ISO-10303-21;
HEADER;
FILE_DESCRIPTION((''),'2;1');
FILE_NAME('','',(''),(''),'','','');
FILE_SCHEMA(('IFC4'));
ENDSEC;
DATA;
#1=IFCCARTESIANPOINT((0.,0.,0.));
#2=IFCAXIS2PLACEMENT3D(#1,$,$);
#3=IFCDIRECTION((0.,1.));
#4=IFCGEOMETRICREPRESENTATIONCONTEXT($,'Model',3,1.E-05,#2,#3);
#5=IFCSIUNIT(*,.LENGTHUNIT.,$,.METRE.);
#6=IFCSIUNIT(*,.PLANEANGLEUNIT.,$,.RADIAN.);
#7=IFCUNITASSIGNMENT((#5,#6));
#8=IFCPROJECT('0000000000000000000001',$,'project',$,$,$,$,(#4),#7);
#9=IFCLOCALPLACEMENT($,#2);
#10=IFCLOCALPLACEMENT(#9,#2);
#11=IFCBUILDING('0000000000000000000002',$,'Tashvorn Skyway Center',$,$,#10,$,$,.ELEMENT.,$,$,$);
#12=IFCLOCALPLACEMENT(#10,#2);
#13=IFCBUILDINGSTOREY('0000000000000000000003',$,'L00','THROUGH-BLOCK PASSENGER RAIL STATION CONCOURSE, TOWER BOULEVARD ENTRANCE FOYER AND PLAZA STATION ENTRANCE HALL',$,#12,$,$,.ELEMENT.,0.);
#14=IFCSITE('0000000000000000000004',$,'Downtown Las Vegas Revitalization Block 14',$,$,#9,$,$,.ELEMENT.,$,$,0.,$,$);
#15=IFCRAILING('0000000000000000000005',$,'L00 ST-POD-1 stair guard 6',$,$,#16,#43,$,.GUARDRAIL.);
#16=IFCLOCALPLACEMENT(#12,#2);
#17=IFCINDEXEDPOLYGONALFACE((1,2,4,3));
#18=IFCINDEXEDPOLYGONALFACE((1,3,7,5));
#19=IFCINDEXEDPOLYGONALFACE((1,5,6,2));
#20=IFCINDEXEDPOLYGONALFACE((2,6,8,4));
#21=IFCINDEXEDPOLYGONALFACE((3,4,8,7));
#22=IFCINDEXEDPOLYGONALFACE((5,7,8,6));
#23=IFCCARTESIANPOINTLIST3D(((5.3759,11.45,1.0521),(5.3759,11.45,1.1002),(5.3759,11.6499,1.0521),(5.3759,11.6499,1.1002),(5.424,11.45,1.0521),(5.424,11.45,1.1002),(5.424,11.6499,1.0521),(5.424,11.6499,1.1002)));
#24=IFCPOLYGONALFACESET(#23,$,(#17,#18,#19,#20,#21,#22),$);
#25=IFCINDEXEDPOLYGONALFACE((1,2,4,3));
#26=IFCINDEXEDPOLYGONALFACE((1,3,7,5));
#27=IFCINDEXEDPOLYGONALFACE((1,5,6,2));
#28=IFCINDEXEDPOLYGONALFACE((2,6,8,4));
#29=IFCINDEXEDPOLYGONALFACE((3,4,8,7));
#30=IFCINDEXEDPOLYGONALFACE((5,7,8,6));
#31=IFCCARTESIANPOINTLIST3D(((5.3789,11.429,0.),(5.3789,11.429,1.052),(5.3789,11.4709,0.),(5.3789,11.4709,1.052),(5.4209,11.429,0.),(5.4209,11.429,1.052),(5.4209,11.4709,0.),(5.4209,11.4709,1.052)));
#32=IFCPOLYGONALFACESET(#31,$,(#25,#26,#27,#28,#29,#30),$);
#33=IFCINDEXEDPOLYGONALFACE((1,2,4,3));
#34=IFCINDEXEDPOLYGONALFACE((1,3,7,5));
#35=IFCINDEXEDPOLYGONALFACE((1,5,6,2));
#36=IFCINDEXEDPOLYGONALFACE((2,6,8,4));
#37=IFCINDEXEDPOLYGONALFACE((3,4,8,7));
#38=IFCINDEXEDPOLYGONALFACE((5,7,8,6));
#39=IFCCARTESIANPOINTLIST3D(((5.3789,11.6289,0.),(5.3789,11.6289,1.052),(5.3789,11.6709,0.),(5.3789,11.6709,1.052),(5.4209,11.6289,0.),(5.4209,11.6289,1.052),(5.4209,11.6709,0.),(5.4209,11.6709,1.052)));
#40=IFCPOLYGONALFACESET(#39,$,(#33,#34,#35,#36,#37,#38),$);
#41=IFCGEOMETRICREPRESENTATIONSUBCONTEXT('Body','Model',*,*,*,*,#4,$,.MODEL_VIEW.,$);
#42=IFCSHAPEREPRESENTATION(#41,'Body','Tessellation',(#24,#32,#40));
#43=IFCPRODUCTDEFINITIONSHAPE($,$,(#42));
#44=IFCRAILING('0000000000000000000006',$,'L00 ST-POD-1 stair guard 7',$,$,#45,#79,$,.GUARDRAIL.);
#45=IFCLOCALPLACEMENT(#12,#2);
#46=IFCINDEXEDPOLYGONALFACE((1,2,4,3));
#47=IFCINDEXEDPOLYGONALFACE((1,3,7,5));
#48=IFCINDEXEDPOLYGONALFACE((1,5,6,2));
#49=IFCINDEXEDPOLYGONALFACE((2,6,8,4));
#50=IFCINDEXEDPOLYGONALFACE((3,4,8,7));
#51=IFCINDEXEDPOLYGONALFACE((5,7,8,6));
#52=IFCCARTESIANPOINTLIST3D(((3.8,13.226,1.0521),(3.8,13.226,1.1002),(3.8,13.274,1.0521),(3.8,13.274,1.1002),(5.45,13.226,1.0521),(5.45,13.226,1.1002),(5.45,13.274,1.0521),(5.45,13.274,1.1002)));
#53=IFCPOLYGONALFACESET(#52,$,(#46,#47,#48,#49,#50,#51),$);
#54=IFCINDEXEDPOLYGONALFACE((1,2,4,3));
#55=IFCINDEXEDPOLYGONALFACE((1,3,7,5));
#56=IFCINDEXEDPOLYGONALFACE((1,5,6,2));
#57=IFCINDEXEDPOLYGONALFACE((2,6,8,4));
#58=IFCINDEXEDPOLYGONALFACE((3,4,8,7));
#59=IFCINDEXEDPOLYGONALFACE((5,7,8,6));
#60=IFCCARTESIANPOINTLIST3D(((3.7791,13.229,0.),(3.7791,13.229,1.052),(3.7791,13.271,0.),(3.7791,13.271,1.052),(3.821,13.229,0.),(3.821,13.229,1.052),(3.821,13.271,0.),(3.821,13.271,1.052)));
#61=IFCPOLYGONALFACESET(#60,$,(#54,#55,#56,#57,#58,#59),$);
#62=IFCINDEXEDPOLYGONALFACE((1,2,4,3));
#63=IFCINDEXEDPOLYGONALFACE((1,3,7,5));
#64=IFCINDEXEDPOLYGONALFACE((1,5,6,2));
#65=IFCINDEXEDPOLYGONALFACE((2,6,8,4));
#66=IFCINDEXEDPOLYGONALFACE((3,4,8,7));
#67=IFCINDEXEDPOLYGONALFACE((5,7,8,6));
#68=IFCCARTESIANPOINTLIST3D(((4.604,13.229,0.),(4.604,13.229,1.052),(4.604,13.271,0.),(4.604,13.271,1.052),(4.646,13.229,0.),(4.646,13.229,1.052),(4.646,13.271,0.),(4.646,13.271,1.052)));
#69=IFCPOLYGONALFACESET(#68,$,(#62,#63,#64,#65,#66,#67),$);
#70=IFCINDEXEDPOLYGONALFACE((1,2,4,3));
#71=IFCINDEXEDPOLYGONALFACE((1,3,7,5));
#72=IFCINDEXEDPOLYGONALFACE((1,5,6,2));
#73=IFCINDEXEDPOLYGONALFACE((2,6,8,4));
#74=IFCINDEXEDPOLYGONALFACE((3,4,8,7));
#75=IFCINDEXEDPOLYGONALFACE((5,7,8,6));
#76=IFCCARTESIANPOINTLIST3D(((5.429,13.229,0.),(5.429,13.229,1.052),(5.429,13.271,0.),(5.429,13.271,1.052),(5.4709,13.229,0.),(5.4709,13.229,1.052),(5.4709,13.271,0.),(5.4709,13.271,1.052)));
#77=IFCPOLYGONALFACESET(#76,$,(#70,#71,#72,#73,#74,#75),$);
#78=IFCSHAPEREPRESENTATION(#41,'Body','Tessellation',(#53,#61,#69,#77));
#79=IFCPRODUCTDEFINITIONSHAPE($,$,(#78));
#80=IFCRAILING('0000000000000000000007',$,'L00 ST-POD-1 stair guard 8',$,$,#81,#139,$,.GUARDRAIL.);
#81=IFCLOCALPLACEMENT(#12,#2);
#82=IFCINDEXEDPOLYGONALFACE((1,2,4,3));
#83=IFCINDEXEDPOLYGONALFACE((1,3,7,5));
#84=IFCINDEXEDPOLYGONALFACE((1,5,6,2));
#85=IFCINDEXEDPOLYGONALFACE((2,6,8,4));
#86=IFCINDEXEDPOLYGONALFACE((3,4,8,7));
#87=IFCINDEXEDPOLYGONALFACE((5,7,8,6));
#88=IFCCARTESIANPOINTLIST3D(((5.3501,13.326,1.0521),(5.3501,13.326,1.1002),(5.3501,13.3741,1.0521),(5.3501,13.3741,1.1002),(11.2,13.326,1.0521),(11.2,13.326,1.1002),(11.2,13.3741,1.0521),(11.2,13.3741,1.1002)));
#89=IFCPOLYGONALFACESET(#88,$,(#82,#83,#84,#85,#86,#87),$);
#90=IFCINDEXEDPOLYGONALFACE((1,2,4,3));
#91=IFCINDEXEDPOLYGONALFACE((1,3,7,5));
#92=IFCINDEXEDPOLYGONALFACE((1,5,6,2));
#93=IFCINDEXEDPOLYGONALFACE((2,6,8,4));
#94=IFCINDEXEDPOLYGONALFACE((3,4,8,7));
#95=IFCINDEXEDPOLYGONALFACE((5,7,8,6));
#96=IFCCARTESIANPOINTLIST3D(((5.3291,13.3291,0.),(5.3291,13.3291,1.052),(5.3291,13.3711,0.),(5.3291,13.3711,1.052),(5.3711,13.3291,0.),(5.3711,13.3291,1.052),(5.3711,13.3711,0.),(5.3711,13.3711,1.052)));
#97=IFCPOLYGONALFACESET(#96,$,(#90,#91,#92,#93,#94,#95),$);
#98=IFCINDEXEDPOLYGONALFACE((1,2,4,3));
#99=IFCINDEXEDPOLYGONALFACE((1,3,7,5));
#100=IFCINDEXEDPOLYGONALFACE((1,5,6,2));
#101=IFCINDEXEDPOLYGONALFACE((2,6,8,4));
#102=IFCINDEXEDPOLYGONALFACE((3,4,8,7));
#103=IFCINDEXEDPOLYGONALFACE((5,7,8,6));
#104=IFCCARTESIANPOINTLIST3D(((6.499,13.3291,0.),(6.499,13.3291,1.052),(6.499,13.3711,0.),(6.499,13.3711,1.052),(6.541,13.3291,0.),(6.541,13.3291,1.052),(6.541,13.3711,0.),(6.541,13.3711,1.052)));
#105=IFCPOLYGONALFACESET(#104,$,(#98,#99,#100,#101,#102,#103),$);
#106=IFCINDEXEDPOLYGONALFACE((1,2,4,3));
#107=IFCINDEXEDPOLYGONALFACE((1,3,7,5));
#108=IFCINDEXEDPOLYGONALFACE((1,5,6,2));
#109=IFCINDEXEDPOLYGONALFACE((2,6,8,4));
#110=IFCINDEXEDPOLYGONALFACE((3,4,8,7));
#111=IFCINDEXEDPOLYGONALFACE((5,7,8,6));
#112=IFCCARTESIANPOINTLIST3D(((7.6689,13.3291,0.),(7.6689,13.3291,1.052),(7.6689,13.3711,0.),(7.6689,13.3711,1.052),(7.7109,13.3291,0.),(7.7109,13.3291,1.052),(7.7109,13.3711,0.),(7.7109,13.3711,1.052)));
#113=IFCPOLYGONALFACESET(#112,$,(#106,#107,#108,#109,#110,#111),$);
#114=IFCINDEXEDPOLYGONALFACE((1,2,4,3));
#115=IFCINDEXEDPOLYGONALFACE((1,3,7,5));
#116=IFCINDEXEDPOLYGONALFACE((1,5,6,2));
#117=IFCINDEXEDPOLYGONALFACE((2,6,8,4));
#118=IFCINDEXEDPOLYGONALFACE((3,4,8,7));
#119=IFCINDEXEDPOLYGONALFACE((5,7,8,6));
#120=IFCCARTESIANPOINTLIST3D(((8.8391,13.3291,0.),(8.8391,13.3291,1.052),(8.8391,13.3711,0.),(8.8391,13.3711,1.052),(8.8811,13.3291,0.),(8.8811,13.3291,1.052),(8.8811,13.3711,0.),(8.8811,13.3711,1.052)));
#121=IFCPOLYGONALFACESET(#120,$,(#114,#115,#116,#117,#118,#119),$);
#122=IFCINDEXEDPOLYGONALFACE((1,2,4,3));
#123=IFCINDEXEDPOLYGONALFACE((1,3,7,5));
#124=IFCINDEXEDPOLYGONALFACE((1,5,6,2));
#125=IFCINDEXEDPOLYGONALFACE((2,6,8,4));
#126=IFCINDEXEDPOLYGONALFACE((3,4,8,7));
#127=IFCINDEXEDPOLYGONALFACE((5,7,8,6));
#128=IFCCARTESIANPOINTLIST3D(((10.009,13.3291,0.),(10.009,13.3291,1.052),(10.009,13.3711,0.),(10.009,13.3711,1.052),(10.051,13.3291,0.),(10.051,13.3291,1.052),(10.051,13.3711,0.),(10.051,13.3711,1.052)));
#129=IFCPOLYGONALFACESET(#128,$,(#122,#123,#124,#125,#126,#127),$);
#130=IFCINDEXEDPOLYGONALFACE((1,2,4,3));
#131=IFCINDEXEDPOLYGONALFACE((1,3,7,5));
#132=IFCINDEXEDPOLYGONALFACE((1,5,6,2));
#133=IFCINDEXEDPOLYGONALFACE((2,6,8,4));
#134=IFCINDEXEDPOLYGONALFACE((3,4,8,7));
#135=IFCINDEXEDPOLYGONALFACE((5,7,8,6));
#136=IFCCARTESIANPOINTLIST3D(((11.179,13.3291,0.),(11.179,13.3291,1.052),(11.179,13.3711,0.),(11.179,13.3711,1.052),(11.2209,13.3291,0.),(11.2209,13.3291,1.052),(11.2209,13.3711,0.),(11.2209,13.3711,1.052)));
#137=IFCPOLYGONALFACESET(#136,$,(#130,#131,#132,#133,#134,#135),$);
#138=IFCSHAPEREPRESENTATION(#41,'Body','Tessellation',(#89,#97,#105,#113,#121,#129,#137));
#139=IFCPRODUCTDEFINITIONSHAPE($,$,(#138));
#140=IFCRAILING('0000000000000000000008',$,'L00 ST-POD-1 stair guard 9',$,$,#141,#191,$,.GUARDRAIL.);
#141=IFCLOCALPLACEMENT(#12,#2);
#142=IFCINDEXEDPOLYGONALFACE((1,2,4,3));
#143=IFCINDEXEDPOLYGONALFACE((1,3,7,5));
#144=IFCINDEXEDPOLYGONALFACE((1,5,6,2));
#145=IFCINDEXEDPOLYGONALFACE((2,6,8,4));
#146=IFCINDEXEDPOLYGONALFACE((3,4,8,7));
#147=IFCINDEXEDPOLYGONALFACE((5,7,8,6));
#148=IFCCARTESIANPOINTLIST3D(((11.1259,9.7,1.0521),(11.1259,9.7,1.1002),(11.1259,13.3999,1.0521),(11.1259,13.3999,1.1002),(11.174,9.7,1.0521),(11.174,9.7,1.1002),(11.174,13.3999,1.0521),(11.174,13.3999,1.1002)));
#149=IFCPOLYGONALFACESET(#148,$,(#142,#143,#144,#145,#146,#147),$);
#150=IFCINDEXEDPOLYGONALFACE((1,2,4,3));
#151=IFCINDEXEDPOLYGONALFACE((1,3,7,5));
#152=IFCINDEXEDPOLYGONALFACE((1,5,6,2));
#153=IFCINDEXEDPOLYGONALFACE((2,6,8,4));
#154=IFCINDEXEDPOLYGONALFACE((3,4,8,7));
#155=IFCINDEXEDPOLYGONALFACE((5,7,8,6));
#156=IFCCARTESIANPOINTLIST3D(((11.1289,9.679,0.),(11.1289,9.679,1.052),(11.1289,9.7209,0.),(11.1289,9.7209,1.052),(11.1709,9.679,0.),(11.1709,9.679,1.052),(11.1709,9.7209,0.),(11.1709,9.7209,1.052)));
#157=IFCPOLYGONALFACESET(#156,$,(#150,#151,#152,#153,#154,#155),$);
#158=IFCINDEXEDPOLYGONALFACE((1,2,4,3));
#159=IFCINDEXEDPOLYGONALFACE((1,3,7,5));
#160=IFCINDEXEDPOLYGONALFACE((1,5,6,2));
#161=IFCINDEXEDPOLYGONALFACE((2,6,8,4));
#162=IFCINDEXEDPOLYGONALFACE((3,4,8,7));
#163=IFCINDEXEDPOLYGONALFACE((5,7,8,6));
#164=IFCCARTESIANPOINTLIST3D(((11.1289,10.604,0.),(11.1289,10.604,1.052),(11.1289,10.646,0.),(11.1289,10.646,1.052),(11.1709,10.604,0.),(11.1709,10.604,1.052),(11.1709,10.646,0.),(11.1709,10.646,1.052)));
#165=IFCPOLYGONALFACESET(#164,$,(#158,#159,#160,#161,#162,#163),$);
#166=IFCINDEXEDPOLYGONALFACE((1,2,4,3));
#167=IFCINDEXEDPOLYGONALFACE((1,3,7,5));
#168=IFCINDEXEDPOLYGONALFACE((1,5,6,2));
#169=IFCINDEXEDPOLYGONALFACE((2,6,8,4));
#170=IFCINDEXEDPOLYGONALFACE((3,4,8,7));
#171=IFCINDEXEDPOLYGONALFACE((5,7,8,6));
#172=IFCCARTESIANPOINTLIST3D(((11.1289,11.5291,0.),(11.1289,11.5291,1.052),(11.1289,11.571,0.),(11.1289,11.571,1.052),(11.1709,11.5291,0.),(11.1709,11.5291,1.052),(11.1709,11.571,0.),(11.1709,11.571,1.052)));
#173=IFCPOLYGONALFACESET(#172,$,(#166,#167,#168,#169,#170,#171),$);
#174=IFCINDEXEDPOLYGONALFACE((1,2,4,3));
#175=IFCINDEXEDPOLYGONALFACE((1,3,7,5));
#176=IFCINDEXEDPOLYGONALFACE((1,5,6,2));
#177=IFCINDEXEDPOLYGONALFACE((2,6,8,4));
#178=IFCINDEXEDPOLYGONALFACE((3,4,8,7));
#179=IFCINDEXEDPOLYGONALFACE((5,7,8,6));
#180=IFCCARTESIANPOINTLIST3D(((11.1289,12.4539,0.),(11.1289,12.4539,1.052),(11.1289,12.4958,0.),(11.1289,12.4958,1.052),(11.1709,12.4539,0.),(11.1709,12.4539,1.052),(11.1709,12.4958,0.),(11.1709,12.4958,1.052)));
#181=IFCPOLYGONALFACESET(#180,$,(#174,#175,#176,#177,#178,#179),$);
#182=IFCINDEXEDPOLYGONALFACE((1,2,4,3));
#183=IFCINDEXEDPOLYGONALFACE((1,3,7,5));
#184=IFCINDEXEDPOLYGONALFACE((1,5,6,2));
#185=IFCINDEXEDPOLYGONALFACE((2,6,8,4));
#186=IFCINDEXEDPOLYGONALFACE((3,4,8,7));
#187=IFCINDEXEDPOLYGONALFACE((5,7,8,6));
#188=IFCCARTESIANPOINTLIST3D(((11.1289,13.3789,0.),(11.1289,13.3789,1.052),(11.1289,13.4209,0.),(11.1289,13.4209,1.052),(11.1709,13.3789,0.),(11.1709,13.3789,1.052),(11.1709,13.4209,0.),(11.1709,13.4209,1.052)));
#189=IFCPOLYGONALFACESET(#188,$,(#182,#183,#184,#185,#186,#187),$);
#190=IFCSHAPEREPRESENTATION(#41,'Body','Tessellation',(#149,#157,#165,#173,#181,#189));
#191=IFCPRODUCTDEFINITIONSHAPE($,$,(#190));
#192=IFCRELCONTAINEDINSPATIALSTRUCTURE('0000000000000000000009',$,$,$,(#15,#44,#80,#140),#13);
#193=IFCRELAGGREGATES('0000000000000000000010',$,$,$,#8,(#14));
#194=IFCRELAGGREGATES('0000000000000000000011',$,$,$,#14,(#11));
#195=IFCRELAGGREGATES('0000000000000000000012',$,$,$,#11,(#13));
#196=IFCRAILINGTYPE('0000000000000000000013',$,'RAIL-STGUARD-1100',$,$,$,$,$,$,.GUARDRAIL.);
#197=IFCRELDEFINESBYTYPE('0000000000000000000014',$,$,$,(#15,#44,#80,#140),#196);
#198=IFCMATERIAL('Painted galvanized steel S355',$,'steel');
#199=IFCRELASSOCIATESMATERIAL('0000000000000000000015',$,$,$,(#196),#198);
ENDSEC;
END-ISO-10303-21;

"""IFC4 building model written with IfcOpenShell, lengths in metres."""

from ifc_helpers import new_model, si_unit, direction, frame, origin, origin_2d, place, context, subcontext, project, spatial, rectangle, extrude, material, type_object, element, save


model = new_model("IFC4")

# Units and contexts
model_context = context("Model", 3, precision=1e-05, world=origin(), true_north=direction((0.0, 1.0)))
body_context = subcontext(model_context, "Body", "Model", "MODEL_VIEW")
ifc_project = project(units=[si_unit("LENGTHUNIT", "METRE"), si_unit("PLANEANGLEUNIT", "RADIAN")], contexts=[model_context])

# Site, building, storey
site_placement = place(None, origin())
site = spatial("IfcSite", under=ifc_project, at=site_placement, Name="Downtown Las Vegas Revitalization Block 14", CompositionType="ELEMENT", RefElevation=0.0)
building_placement = place(site_placement, origin())
building = spatial("IfcBuilding", under=site, at=building_placement, Name="Tashvorn Skyway Center", CompositionType="ELEMENT")
storey_placement = place(building_placement, origin())
storey = spatial("IfcBuildingStorey", under=building, at=storey_placement, Name="L00", Description="THROUGH-BLOCK PASSENGER RAIL STATION CONCOURSE, TOWER BOULEVARD ENTRANCE FOYER AND PLAZA STATION ENTRANCE HALL", CompositionType="ELEMENT", Elevation=0.0)

# Railings
ifc_material_1 = material(Name="Painted galvanized steel S355", Category="steel")
railing_type_1 = type_object("IfcRailingType", Name="RAIL-STGUARD-1100", PredefinedType="GUARDRAIL", material=ifc_material_1)
railing_1_placement = place(storey_placement, frame((5.3999, 11.45, 0.0)))
element("IfcRailing", 1, at=railing_1_placement, inside=storey, type_object=railing_type_1, Name="L00 ST-POD-1 stair guard 6", PredefinedType="GUARDRAIL", context=body_context, shape_type="SweptSolid", body=[
    extrude(rectangle(XDim=0.0481, YDim=0.0481, at=origin_2d()), frame((0.0, 0.0, 1.0762), z_axis=(0.0, 1.0, 0.0), x_axis=(-1.0, 0.0, 0.0)), (0.0, 0.0, 1.0), 0.2),
    extrude(rectangle(XDim=0.042, YDim=0.042, at=origin_2d()), origin(), (0.0, 0.0, 1.0), 1.052),
    extrude(rectangle(XDim=0.042, YDim=0.042, at=origin_2d()), frame((0.0, 0.2, 0.0)), (0.0, 0.0, 1.0), 1.052),
])
railing_2_placement = place(storey_placement, frame((3.8, 13.25, 0.0)))
element("IfcRailing", 2, at=railing_2_placement, inside=storey, type_object=railing_type_1, Name="L00 ST-POD-1 stair guard 7", PredefinedType="GUARDRAIL", context=body_context, shape_type="SweptSolid", body=[
    extrude(rectangle(XDim=0.0481, YDim=0.0481, at=origin_2d()), frame((0.0, 0.0, 1.0762), z_axis=(1.0, 0.0, 0.0), x_axis=(0.0, 1.0, 0.0)), (0.0, 0.0, 1.0), 1.6499),
    extrude(rectangle(XDim=0.042, YDim=0.042, at=origin_2d()), origin(), (0.0, 0.0, 1.0), 1.052),
    extrude(rectangle(XDim=0.042, YDim=0.042, at=origin_2d()), frame((0.825, 0.0, 0.0)), (0.0, 0.0, 1.0), 1.052),
    extrude(rectangle(XDim=0.042, YDim=0.042, at=origin_2d()), frame((1.6499, 0.0, 0.0)), (0.0, 0.0, 1.0), 1.052),
])
railing_3_placement = place(storey_placement, frame((5.3501, 13.3501, 0.0)))
element("IfcRailing", 3, at=railing_3_placement, inside=storey, type_object=railing_type_1, Name="L00 ST-POD-1 stair guard 8", PredefinedType="GUARDRAIL", context=body_context, shape_type="SweptSolid", body=[
    extrude(rectangle(XDim=0.0481, YDim=0.0481, at=origin_2d()), frame((0.0, 0.0, 1.0762), z_axis=(1.0, 0.0, 0.0), x_axis=(0.0, 1.0, 0.0)), (0.0, 0.0, 1.0), 5.8499),
    extrude(rectangle(XDim=0.042, YDim=0.042, at=origin_2d()), origin(), (0.0, 0.0, 1.0), 1.052),
    extrude(rectangle(XDim=0.042, YDim=0.042, at=origin_2d()), frame((1.1699, 0.0, 0.0)), (0.0, 0.0, 1.0), 1.052),
    extrude(rectangle(XDim=0.042, YDim=0.042, at=origin_2d()), frame((2.3398, 0.0, 0.0)), (0.0, 0.0, 1.0), 1.052),
    extrude(rectangle(XDim=0.042, YDim=0.042, at=origin_2d()), frame((3.51, 0.0, 0.0)), (0.0, 0.0, 1.0), 1.052),
    extrude(rectangle(XDim=0.042, YDim=0.042, at=origin_2d()), frame((4.6799, 0.0, 0.0)), (0.0, 0.0, 1.0), 1.052),
    extrude(rectangle(XDim=0.042, YDim=0.042, at=origin_2d()), frame((5.8499, 0.0, 0.0)), (0.0, 0.0, 1.0), 1.052),
])
railing_4_placement = place(storey_placement, frame((11.1499, 9.7, 0.0)))
element("IfcRailing", 4, at=railing_4_placement, inside=storey, type_object=railing_type_1, Name="L00 ST-POD-1 stair guard 9", PredefinedType="GUARDRAIL", context=body_context, shape_type="SweptSolid", body=[
    extrude(rectangle(XDim=0.0481, YDim=0.0481, at=origin_2d()), frame((0.0, 0.0, 1.0762), z_axis=(0.0, 1.0, 0.0), x_axis=(-1.0, 0.0, 0.0)), (0.0, 0.0, 1.0), 3.7),
    extrude(rectangle(XDim=0.042, YDim=0.042, at=origin_2d()), origin(), (0.0, 0.0, 1.0), 1.052),
    extrude(rectangle(XDim=0.042, YDim=0.042, at=origin_2d()), frame((0.0, 0.925, 0.0)), (0.0, 0.0, 1.0), 1.052),
    extrude(rectangle(XDim=0.042, YDim=0.042, at=origin_2d()), frame((0.0, 1.8501, 0.0)), (0.0, 0.0, 1.0), 1.052),
    extrude(rectangle(XDim=0.042, YDim=0.042, at=origin_2d()), frame((0.0, 2.7749, 0.0)), (0.0, 0.0, 1.0), 1.052),
    extrude(rectangle(XDim=0.042, YDim=0.042, at=origin_2d()), frame((0.0, 3.7, 0.0)), (0.0, 0.0, 1.0), 1.052),
])

save(model, "model.ifc")
